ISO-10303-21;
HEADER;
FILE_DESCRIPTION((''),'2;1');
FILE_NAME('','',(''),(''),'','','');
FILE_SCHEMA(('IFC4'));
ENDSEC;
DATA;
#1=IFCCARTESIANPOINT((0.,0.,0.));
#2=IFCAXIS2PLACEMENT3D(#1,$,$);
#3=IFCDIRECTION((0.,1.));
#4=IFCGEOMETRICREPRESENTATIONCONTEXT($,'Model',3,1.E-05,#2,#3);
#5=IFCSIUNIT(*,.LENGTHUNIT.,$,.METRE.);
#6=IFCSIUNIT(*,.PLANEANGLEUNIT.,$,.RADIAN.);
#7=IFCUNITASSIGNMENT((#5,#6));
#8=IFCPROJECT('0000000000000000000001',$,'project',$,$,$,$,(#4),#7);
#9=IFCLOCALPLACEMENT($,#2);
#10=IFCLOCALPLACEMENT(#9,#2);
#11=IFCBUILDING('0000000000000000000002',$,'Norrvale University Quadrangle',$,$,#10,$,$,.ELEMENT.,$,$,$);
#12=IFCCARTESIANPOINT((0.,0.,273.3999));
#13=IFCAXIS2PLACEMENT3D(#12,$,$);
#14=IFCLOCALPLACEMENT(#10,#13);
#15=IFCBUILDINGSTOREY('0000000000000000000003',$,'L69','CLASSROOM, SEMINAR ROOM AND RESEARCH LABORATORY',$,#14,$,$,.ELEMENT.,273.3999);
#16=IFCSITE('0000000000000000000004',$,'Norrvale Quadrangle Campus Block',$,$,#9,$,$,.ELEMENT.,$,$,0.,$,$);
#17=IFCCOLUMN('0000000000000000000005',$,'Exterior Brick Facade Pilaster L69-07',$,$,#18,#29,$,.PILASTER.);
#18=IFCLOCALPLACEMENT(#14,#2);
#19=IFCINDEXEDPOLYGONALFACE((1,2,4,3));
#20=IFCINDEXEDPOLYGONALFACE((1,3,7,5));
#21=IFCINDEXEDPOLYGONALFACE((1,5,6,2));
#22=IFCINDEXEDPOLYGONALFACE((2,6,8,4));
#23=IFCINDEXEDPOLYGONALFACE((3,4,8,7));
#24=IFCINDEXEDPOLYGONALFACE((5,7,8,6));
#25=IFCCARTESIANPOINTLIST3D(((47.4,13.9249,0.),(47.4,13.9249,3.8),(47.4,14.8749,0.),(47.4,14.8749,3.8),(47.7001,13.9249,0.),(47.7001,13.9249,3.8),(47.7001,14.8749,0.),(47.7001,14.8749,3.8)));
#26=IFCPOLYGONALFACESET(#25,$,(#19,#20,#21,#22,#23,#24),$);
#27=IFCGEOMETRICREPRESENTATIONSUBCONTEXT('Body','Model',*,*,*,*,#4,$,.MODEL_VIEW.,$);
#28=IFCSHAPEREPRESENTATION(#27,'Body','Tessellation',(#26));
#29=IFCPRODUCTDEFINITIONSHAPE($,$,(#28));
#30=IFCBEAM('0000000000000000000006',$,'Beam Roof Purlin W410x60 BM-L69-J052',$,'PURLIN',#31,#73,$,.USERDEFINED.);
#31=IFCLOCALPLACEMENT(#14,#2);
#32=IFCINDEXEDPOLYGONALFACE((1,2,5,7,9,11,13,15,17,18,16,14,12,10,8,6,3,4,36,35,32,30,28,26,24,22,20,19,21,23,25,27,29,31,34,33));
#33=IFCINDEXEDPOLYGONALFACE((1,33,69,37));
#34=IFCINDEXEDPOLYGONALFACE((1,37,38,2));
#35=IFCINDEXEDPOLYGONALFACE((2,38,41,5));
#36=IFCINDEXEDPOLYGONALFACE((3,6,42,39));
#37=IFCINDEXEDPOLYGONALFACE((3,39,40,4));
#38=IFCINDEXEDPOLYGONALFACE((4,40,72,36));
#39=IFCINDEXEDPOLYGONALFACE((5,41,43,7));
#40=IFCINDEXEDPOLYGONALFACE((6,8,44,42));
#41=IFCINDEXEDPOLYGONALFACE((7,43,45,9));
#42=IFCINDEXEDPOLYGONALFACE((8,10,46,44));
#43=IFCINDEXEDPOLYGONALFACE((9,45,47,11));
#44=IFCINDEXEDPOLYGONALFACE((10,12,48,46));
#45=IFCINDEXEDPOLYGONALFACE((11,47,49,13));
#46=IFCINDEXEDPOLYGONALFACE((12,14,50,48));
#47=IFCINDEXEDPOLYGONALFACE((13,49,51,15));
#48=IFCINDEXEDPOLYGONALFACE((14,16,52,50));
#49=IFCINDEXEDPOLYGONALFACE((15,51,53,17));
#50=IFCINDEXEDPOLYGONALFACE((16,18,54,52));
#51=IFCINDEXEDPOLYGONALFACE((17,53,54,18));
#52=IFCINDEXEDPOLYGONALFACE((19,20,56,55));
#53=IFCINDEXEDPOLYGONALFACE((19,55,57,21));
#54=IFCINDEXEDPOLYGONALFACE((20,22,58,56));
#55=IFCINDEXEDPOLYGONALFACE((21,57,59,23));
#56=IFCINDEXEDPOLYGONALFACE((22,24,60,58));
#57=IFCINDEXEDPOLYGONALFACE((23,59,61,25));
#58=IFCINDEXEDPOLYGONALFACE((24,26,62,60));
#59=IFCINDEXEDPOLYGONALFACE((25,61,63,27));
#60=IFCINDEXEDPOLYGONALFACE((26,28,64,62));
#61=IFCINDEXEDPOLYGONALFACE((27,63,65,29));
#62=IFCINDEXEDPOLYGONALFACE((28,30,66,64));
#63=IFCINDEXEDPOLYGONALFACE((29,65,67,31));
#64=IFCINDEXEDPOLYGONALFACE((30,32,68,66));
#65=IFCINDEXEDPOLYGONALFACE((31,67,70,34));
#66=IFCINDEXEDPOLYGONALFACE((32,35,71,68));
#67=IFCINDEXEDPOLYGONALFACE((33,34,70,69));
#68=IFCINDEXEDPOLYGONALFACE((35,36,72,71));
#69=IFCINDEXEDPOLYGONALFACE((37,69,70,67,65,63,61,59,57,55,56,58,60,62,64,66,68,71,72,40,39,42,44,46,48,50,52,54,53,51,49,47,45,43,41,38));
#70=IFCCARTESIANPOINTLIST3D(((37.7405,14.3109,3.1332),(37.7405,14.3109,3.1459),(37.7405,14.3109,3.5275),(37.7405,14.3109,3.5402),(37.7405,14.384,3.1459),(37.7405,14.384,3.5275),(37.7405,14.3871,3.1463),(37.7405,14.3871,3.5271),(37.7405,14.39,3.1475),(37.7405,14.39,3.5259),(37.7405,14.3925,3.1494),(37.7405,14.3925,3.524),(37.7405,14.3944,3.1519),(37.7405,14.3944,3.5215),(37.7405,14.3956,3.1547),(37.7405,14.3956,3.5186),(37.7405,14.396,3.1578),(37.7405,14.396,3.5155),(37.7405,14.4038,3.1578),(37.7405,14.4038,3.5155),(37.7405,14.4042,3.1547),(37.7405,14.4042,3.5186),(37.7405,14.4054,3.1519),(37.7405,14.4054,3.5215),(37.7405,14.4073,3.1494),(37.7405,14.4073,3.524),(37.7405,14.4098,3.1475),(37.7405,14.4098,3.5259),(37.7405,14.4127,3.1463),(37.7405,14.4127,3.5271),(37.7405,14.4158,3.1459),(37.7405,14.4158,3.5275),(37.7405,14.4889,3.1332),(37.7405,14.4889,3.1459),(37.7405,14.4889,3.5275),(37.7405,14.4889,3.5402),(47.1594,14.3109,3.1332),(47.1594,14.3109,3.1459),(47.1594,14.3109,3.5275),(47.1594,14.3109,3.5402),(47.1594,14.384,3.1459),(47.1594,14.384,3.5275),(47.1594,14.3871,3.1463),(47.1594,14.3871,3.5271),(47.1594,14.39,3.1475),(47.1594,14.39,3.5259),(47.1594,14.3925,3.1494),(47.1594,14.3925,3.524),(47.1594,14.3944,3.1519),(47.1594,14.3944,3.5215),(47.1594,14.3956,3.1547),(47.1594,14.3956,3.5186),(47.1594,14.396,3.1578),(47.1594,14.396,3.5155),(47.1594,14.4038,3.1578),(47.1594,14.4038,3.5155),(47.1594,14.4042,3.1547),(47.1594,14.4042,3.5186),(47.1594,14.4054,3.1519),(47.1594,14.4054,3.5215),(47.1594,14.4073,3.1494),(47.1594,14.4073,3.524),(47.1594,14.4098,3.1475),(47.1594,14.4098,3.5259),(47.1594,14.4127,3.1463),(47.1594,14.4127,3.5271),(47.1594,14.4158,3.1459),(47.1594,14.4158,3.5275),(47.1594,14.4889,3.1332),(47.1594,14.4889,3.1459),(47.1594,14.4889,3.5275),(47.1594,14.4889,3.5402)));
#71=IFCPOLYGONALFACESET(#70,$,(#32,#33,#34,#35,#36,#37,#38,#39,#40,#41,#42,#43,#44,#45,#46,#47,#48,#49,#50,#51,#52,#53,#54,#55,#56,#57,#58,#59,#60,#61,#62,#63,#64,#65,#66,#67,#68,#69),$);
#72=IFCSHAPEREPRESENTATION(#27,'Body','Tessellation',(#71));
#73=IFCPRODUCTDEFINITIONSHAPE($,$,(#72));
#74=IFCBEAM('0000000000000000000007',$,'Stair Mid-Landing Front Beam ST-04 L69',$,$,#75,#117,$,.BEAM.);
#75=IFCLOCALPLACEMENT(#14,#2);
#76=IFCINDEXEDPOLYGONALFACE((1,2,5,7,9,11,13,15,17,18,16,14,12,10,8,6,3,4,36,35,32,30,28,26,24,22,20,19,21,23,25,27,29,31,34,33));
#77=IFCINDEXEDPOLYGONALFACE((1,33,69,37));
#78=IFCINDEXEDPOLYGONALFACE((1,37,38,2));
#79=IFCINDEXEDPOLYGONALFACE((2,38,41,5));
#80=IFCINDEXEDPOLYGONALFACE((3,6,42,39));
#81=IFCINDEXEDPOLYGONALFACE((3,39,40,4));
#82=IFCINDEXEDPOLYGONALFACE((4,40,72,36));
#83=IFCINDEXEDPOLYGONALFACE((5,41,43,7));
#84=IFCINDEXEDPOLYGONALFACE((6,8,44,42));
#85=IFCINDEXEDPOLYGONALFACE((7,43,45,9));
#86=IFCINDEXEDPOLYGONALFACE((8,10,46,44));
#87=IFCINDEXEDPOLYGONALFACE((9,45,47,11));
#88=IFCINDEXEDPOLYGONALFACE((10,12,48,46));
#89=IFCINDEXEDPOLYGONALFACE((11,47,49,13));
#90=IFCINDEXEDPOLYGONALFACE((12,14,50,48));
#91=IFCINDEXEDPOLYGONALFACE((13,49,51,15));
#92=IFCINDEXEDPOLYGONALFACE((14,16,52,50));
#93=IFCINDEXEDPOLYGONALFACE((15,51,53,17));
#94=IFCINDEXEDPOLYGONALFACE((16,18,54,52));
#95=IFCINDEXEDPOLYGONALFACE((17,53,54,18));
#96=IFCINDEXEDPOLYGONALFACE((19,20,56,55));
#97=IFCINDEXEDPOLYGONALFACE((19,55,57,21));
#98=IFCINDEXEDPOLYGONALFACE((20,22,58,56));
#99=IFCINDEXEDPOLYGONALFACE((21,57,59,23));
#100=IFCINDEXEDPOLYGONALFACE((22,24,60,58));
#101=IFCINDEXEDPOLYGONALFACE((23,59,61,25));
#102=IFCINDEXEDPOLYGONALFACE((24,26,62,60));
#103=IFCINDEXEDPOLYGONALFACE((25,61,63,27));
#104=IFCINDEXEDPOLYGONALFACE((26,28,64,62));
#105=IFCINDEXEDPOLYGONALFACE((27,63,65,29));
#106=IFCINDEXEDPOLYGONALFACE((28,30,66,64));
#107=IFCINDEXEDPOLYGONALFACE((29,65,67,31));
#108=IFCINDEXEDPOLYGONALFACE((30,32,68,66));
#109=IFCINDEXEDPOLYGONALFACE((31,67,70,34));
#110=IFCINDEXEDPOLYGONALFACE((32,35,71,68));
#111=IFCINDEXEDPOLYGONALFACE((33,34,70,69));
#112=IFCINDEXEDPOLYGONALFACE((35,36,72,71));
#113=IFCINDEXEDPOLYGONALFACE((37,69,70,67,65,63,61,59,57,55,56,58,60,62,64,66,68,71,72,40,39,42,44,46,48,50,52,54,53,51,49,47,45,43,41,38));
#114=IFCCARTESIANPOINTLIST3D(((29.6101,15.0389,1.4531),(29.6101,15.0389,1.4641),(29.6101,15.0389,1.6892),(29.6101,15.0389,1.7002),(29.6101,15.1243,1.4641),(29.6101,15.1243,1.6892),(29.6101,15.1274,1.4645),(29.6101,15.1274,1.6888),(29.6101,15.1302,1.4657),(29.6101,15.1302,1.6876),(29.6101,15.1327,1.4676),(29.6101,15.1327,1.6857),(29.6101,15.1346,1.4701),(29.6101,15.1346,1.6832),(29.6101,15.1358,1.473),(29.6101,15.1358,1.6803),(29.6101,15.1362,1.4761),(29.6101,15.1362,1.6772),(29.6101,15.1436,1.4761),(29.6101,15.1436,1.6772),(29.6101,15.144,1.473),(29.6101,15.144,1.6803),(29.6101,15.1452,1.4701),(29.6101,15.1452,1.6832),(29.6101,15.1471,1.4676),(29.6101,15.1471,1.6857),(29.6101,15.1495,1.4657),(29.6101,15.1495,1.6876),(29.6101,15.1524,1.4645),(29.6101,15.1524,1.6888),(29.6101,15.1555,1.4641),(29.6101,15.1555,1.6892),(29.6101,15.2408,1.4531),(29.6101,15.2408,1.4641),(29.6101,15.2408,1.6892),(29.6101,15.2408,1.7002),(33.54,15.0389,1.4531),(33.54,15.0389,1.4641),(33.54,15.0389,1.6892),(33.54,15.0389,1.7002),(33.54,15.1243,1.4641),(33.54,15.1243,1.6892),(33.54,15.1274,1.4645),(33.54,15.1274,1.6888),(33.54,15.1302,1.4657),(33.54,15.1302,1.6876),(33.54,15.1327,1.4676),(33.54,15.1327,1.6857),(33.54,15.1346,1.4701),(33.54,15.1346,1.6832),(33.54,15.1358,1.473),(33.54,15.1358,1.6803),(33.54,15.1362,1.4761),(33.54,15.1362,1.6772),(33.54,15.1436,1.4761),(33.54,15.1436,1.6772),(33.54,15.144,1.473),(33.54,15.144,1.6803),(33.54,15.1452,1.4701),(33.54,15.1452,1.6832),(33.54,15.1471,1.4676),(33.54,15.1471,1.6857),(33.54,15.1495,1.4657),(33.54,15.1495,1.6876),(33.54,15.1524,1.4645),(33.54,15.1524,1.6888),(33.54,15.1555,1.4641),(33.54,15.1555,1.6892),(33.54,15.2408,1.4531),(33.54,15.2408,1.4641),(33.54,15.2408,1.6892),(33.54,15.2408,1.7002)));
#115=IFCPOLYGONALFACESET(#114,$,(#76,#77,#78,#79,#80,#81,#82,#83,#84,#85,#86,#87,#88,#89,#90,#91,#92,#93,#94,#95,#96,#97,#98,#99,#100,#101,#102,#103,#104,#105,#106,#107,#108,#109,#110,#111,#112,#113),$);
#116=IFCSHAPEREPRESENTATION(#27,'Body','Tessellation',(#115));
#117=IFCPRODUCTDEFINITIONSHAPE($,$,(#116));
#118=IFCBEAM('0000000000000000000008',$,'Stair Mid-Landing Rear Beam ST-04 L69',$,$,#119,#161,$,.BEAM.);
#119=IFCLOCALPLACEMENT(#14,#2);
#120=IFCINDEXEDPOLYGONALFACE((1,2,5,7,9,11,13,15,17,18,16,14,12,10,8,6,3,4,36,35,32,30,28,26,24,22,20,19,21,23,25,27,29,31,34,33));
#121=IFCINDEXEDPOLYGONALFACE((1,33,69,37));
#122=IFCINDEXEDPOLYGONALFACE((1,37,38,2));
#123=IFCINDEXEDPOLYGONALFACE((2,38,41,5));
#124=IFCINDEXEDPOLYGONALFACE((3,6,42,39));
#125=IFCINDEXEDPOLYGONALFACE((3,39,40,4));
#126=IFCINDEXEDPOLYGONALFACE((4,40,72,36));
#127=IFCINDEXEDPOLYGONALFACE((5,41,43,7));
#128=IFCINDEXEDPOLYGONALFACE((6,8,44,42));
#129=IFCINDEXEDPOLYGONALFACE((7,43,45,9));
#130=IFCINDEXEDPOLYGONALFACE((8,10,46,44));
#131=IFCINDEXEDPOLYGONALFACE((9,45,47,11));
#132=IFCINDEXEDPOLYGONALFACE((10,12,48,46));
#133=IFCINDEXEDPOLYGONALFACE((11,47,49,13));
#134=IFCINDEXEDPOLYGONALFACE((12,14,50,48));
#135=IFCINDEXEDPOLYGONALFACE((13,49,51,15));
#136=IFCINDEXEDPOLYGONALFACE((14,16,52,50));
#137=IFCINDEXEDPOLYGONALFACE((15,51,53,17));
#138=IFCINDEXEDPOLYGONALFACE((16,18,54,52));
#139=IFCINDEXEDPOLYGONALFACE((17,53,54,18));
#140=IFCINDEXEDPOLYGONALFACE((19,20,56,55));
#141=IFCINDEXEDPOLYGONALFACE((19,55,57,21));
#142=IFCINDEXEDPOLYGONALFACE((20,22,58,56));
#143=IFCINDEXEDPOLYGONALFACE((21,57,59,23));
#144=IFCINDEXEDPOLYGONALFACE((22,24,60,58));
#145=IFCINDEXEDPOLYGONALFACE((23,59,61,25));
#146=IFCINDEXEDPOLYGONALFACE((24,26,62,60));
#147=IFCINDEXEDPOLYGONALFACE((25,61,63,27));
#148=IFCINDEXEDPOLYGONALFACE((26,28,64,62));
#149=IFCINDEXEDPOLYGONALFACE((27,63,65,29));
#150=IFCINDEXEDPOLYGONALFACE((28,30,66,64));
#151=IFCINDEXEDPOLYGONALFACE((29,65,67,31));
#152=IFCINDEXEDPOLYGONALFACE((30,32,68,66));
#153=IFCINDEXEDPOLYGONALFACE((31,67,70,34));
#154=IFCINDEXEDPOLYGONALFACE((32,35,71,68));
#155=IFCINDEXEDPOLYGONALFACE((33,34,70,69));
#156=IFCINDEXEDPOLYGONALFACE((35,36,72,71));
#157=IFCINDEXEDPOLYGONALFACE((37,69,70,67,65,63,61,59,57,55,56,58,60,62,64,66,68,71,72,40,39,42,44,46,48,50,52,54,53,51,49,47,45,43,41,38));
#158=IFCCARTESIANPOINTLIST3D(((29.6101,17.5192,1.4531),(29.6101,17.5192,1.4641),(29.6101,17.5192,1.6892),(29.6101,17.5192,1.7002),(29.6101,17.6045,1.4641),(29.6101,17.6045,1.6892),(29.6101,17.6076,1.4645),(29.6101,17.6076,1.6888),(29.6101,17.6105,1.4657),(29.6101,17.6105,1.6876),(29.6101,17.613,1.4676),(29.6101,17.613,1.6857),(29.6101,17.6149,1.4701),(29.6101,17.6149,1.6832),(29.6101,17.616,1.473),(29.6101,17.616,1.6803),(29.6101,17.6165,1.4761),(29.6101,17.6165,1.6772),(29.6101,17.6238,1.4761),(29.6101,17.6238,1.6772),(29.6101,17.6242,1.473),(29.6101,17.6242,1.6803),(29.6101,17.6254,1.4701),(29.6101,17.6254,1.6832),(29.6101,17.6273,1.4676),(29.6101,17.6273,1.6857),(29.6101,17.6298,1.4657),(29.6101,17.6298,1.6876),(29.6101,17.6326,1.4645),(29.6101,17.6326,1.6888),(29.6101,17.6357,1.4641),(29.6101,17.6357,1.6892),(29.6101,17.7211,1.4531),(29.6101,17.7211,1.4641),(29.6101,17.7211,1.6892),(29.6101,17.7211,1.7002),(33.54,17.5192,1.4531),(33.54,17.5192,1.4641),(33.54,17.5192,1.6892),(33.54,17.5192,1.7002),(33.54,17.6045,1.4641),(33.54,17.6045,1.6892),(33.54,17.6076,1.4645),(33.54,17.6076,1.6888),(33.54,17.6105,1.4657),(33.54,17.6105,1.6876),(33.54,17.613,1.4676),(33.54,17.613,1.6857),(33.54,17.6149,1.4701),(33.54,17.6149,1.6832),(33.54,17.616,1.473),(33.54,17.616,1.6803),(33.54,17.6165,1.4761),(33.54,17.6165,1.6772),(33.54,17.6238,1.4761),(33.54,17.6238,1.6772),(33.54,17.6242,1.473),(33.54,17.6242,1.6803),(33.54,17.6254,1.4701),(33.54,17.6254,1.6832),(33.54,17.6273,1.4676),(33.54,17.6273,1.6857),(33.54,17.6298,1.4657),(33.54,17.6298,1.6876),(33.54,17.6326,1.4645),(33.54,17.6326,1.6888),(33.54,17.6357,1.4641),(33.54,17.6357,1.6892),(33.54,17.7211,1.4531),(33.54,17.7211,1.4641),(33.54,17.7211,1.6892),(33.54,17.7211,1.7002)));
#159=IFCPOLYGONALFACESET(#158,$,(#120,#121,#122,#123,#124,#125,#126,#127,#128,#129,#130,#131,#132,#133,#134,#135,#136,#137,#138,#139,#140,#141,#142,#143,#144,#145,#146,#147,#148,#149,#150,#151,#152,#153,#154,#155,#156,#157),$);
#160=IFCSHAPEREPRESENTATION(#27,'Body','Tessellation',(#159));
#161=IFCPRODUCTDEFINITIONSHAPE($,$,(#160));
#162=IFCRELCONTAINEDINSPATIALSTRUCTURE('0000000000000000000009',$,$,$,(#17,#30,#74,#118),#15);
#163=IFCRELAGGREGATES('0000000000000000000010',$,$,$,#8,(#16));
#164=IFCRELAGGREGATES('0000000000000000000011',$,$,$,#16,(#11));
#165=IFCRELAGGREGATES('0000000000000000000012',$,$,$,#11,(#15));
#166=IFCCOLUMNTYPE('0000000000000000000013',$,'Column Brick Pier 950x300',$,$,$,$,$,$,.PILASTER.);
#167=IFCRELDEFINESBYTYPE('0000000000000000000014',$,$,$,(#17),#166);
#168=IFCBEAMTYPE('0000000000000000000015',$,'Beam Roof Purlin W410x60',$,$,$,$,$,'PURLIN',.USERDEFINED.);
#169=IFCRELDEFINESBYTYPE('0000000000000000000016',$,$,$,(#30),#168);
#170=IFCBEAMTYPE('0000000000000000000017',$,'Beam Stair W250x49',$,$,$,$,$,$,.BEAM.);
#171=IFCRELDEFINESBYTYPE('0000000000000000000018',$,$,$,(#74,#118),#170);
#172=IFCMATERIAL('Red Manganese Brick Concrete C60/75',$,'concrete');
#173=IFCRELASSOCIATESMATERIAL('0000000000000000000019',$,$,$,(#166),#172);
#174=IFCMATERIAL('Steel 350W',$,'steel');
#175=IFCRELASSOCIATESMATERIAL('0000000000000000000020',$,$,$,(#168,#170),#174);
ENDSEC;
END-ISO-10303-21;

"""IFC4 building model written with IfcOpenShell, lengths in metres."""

from ifc_helpers import new_model, si_unit, direction, frame, origin, origin_2d, place, context, subcontext, project, spatial, rectangle, i_section, extrude, material, material_profile, profile_set, type_object, element, save


model = new_model("IFC4")

# Units and contexts
model_context = context("Model", 3, precision=1e-05, world=origin(), true_north=direction((0.0, 1.0)))
body_context = subcontext(model_context, "Body", "Model", "MODEL_VIEW")
ifc_project = project(units=[si_unit("LENGTHUNIT", "METRE"), si_unit("PLANEANGLEUNIT", "RADIAN")], contexts=[model_context])

# Site, building, storey
site_placement = place(None, origin())
site = spatial("IfcSite", under=ifc_project, at=site_placement, Name="Norrvale Quadrangle Campus Block", CompositionType="ELEMENT", RefElevation=0.0)
building_placement = place(site_placement, origin())
building = spatial("IfcBuilding", under=site, at=building_placement, Name="Norrvale University Quadrangle", CompositionType="ELEMENT")
storey_placement = place(building_placement, frame((0.0, 0.0, 273.3999)))
storey = spatial("IfcBuildingStorey", under=building, at=storey_placement, Name="L69", Description="CLASSROOM, SEMINAR ROOM AND RESEARCH LABORATORY", CompositionType="ELEMENT", Elevation=273.3999)

# Column
ifc_material_1 = material(Name="Red Manganese Brick Concrete C60/75", Category="concrete")
ifc_material_profile_1 = material_profile(ifc_material_1, rectangle(XDim=0.95, YDim=0.3, at=origin_2d()), Name="Red Manganese Brick Concrete C60/75")
ifc_profile_set_1 = profile_set([ifc_material_profile_1], Name="Red Manganese Brick Concrete C60/75")
column_type = type_object("IfcColumnType", Name="Column Brick Pier 950x300", PredefinedType="PILASTER", material=ifc_profile_set_1)
column_placement = place(storey_placement, frame((47.55, 14.3999, 0.0), z_axis=(0.0, 0.0, 1.0), x_axis=(0.0, 1.0, 0.0)))
element("IfcColumn", 1, at=column_placement, inside=storey, type_object=column_type, Name="Exterior Brick Facade Pilaster L69-07", PredefinedType="PILASTER", context=body_context, shape_type="SweptSolid", body=[
    extrude(rectangle(XDim=0.95, YDim=0.3, at=origin_2d()), origin(), (0.0, 0.0, 1.0), 3.8),
])

# Beams
ifc_material_2 = material(Name="Steel 350W", Category="steel")
ifc_material_profile_2 = material_profile(ifc_material_2, i_section(OverallWidth=0.178, OverallDepth=0.407, WebThickness=0.0078, FlangeThickness=0.0127, FilletRadius=0.012, at=origin_2d()), Name="Steel 350W")
ifc_profile_set_2 = profile_set([ifc_material_profile_2], Name="Steel 350W")
beam_type_1 = type_object("IfcBeamType", Name="Beam Roof Purlin W410x60", ElementType="PURLIN", PredefinedType="USERDEFINED", material=ifc_profile_set_2)
beam_1_placement = place(storey_placement, frame((37.7405, 14.3999, 3.3367), z_axis=(1.0, 0.0, 0.0), x_axis=(0.0, 1.0, 0.0)))
element("IfcBeam", 2, at=beam_1_placement, inside=storey, type_object=beam_type_1, Name="Beam Roof Purlin W410x60 BM-L69-J052", ObjectType="PURLIN", PredefinedType="USERDEFINED", context=body_context, shape_type="SweptSolid", body=[
    extrude(i_section(OverallWidth=0.178, OverallDepth=0.407, WebThickness=0.0078, FlangeThickness=0.0127, FilletRadius=0.012, at=origin_2d()), origin(), (0.0, 0.0, 1.0), 9.4189),
])
ifc_material_profile_3 = material_profile(ifc_material_2, i_section(OverallWidth=0.2019, OverallDepth=0.2471, WebThickness=0.0073, FlangeThickness=0.011, FilletRadius=0.012, at=origin_2d()), Name="Steel 350W")
ifc_profile_set_3 = profile_set([ifc_material_profile_3], Name="Steel 350W")
beam_type_2 = type_object("IfcBeamType", Name="Beam Stair W250x49", PredefinedType="BEAM", material=ifc_profile_set_3)
for number, where, z_axis, x_axis, name in (
    (3, (29.6101, 15.1399, 1.5767), (1.0, 0.0, 0.0), (0.0, 1.0, 0.0), "Stair Mid-Landing Front Beam ST-04 L69"),
    (4, (29.6101, 17.6201, 1.5767), (1.0, 0.0, 0.0), (0.0, 1.0, 0.0), "Stair Mid-Landing Rear Beam ST-04 L69"),
):
    element("IfcBeam", number, at=place(storey_placement, frame(where, z_axis=z_axis, x_axis=x_axis)), inside=storey, type_object=beam_type_2, Name=name, PredefinedType="BEAM", context=body_context, shape_type="SweptSolid", body=[
        extrude(i_section(OverallWidth=0.2019, OverallDepth=0.2471, WebThickness=0.0073, FlangeThickness=0.011, FilletRadius=0.012, at=origin_2d()), origin(), (0.0, 0.0, 1.0), 3.9299),
    ])

save(model, "model.ifc")
